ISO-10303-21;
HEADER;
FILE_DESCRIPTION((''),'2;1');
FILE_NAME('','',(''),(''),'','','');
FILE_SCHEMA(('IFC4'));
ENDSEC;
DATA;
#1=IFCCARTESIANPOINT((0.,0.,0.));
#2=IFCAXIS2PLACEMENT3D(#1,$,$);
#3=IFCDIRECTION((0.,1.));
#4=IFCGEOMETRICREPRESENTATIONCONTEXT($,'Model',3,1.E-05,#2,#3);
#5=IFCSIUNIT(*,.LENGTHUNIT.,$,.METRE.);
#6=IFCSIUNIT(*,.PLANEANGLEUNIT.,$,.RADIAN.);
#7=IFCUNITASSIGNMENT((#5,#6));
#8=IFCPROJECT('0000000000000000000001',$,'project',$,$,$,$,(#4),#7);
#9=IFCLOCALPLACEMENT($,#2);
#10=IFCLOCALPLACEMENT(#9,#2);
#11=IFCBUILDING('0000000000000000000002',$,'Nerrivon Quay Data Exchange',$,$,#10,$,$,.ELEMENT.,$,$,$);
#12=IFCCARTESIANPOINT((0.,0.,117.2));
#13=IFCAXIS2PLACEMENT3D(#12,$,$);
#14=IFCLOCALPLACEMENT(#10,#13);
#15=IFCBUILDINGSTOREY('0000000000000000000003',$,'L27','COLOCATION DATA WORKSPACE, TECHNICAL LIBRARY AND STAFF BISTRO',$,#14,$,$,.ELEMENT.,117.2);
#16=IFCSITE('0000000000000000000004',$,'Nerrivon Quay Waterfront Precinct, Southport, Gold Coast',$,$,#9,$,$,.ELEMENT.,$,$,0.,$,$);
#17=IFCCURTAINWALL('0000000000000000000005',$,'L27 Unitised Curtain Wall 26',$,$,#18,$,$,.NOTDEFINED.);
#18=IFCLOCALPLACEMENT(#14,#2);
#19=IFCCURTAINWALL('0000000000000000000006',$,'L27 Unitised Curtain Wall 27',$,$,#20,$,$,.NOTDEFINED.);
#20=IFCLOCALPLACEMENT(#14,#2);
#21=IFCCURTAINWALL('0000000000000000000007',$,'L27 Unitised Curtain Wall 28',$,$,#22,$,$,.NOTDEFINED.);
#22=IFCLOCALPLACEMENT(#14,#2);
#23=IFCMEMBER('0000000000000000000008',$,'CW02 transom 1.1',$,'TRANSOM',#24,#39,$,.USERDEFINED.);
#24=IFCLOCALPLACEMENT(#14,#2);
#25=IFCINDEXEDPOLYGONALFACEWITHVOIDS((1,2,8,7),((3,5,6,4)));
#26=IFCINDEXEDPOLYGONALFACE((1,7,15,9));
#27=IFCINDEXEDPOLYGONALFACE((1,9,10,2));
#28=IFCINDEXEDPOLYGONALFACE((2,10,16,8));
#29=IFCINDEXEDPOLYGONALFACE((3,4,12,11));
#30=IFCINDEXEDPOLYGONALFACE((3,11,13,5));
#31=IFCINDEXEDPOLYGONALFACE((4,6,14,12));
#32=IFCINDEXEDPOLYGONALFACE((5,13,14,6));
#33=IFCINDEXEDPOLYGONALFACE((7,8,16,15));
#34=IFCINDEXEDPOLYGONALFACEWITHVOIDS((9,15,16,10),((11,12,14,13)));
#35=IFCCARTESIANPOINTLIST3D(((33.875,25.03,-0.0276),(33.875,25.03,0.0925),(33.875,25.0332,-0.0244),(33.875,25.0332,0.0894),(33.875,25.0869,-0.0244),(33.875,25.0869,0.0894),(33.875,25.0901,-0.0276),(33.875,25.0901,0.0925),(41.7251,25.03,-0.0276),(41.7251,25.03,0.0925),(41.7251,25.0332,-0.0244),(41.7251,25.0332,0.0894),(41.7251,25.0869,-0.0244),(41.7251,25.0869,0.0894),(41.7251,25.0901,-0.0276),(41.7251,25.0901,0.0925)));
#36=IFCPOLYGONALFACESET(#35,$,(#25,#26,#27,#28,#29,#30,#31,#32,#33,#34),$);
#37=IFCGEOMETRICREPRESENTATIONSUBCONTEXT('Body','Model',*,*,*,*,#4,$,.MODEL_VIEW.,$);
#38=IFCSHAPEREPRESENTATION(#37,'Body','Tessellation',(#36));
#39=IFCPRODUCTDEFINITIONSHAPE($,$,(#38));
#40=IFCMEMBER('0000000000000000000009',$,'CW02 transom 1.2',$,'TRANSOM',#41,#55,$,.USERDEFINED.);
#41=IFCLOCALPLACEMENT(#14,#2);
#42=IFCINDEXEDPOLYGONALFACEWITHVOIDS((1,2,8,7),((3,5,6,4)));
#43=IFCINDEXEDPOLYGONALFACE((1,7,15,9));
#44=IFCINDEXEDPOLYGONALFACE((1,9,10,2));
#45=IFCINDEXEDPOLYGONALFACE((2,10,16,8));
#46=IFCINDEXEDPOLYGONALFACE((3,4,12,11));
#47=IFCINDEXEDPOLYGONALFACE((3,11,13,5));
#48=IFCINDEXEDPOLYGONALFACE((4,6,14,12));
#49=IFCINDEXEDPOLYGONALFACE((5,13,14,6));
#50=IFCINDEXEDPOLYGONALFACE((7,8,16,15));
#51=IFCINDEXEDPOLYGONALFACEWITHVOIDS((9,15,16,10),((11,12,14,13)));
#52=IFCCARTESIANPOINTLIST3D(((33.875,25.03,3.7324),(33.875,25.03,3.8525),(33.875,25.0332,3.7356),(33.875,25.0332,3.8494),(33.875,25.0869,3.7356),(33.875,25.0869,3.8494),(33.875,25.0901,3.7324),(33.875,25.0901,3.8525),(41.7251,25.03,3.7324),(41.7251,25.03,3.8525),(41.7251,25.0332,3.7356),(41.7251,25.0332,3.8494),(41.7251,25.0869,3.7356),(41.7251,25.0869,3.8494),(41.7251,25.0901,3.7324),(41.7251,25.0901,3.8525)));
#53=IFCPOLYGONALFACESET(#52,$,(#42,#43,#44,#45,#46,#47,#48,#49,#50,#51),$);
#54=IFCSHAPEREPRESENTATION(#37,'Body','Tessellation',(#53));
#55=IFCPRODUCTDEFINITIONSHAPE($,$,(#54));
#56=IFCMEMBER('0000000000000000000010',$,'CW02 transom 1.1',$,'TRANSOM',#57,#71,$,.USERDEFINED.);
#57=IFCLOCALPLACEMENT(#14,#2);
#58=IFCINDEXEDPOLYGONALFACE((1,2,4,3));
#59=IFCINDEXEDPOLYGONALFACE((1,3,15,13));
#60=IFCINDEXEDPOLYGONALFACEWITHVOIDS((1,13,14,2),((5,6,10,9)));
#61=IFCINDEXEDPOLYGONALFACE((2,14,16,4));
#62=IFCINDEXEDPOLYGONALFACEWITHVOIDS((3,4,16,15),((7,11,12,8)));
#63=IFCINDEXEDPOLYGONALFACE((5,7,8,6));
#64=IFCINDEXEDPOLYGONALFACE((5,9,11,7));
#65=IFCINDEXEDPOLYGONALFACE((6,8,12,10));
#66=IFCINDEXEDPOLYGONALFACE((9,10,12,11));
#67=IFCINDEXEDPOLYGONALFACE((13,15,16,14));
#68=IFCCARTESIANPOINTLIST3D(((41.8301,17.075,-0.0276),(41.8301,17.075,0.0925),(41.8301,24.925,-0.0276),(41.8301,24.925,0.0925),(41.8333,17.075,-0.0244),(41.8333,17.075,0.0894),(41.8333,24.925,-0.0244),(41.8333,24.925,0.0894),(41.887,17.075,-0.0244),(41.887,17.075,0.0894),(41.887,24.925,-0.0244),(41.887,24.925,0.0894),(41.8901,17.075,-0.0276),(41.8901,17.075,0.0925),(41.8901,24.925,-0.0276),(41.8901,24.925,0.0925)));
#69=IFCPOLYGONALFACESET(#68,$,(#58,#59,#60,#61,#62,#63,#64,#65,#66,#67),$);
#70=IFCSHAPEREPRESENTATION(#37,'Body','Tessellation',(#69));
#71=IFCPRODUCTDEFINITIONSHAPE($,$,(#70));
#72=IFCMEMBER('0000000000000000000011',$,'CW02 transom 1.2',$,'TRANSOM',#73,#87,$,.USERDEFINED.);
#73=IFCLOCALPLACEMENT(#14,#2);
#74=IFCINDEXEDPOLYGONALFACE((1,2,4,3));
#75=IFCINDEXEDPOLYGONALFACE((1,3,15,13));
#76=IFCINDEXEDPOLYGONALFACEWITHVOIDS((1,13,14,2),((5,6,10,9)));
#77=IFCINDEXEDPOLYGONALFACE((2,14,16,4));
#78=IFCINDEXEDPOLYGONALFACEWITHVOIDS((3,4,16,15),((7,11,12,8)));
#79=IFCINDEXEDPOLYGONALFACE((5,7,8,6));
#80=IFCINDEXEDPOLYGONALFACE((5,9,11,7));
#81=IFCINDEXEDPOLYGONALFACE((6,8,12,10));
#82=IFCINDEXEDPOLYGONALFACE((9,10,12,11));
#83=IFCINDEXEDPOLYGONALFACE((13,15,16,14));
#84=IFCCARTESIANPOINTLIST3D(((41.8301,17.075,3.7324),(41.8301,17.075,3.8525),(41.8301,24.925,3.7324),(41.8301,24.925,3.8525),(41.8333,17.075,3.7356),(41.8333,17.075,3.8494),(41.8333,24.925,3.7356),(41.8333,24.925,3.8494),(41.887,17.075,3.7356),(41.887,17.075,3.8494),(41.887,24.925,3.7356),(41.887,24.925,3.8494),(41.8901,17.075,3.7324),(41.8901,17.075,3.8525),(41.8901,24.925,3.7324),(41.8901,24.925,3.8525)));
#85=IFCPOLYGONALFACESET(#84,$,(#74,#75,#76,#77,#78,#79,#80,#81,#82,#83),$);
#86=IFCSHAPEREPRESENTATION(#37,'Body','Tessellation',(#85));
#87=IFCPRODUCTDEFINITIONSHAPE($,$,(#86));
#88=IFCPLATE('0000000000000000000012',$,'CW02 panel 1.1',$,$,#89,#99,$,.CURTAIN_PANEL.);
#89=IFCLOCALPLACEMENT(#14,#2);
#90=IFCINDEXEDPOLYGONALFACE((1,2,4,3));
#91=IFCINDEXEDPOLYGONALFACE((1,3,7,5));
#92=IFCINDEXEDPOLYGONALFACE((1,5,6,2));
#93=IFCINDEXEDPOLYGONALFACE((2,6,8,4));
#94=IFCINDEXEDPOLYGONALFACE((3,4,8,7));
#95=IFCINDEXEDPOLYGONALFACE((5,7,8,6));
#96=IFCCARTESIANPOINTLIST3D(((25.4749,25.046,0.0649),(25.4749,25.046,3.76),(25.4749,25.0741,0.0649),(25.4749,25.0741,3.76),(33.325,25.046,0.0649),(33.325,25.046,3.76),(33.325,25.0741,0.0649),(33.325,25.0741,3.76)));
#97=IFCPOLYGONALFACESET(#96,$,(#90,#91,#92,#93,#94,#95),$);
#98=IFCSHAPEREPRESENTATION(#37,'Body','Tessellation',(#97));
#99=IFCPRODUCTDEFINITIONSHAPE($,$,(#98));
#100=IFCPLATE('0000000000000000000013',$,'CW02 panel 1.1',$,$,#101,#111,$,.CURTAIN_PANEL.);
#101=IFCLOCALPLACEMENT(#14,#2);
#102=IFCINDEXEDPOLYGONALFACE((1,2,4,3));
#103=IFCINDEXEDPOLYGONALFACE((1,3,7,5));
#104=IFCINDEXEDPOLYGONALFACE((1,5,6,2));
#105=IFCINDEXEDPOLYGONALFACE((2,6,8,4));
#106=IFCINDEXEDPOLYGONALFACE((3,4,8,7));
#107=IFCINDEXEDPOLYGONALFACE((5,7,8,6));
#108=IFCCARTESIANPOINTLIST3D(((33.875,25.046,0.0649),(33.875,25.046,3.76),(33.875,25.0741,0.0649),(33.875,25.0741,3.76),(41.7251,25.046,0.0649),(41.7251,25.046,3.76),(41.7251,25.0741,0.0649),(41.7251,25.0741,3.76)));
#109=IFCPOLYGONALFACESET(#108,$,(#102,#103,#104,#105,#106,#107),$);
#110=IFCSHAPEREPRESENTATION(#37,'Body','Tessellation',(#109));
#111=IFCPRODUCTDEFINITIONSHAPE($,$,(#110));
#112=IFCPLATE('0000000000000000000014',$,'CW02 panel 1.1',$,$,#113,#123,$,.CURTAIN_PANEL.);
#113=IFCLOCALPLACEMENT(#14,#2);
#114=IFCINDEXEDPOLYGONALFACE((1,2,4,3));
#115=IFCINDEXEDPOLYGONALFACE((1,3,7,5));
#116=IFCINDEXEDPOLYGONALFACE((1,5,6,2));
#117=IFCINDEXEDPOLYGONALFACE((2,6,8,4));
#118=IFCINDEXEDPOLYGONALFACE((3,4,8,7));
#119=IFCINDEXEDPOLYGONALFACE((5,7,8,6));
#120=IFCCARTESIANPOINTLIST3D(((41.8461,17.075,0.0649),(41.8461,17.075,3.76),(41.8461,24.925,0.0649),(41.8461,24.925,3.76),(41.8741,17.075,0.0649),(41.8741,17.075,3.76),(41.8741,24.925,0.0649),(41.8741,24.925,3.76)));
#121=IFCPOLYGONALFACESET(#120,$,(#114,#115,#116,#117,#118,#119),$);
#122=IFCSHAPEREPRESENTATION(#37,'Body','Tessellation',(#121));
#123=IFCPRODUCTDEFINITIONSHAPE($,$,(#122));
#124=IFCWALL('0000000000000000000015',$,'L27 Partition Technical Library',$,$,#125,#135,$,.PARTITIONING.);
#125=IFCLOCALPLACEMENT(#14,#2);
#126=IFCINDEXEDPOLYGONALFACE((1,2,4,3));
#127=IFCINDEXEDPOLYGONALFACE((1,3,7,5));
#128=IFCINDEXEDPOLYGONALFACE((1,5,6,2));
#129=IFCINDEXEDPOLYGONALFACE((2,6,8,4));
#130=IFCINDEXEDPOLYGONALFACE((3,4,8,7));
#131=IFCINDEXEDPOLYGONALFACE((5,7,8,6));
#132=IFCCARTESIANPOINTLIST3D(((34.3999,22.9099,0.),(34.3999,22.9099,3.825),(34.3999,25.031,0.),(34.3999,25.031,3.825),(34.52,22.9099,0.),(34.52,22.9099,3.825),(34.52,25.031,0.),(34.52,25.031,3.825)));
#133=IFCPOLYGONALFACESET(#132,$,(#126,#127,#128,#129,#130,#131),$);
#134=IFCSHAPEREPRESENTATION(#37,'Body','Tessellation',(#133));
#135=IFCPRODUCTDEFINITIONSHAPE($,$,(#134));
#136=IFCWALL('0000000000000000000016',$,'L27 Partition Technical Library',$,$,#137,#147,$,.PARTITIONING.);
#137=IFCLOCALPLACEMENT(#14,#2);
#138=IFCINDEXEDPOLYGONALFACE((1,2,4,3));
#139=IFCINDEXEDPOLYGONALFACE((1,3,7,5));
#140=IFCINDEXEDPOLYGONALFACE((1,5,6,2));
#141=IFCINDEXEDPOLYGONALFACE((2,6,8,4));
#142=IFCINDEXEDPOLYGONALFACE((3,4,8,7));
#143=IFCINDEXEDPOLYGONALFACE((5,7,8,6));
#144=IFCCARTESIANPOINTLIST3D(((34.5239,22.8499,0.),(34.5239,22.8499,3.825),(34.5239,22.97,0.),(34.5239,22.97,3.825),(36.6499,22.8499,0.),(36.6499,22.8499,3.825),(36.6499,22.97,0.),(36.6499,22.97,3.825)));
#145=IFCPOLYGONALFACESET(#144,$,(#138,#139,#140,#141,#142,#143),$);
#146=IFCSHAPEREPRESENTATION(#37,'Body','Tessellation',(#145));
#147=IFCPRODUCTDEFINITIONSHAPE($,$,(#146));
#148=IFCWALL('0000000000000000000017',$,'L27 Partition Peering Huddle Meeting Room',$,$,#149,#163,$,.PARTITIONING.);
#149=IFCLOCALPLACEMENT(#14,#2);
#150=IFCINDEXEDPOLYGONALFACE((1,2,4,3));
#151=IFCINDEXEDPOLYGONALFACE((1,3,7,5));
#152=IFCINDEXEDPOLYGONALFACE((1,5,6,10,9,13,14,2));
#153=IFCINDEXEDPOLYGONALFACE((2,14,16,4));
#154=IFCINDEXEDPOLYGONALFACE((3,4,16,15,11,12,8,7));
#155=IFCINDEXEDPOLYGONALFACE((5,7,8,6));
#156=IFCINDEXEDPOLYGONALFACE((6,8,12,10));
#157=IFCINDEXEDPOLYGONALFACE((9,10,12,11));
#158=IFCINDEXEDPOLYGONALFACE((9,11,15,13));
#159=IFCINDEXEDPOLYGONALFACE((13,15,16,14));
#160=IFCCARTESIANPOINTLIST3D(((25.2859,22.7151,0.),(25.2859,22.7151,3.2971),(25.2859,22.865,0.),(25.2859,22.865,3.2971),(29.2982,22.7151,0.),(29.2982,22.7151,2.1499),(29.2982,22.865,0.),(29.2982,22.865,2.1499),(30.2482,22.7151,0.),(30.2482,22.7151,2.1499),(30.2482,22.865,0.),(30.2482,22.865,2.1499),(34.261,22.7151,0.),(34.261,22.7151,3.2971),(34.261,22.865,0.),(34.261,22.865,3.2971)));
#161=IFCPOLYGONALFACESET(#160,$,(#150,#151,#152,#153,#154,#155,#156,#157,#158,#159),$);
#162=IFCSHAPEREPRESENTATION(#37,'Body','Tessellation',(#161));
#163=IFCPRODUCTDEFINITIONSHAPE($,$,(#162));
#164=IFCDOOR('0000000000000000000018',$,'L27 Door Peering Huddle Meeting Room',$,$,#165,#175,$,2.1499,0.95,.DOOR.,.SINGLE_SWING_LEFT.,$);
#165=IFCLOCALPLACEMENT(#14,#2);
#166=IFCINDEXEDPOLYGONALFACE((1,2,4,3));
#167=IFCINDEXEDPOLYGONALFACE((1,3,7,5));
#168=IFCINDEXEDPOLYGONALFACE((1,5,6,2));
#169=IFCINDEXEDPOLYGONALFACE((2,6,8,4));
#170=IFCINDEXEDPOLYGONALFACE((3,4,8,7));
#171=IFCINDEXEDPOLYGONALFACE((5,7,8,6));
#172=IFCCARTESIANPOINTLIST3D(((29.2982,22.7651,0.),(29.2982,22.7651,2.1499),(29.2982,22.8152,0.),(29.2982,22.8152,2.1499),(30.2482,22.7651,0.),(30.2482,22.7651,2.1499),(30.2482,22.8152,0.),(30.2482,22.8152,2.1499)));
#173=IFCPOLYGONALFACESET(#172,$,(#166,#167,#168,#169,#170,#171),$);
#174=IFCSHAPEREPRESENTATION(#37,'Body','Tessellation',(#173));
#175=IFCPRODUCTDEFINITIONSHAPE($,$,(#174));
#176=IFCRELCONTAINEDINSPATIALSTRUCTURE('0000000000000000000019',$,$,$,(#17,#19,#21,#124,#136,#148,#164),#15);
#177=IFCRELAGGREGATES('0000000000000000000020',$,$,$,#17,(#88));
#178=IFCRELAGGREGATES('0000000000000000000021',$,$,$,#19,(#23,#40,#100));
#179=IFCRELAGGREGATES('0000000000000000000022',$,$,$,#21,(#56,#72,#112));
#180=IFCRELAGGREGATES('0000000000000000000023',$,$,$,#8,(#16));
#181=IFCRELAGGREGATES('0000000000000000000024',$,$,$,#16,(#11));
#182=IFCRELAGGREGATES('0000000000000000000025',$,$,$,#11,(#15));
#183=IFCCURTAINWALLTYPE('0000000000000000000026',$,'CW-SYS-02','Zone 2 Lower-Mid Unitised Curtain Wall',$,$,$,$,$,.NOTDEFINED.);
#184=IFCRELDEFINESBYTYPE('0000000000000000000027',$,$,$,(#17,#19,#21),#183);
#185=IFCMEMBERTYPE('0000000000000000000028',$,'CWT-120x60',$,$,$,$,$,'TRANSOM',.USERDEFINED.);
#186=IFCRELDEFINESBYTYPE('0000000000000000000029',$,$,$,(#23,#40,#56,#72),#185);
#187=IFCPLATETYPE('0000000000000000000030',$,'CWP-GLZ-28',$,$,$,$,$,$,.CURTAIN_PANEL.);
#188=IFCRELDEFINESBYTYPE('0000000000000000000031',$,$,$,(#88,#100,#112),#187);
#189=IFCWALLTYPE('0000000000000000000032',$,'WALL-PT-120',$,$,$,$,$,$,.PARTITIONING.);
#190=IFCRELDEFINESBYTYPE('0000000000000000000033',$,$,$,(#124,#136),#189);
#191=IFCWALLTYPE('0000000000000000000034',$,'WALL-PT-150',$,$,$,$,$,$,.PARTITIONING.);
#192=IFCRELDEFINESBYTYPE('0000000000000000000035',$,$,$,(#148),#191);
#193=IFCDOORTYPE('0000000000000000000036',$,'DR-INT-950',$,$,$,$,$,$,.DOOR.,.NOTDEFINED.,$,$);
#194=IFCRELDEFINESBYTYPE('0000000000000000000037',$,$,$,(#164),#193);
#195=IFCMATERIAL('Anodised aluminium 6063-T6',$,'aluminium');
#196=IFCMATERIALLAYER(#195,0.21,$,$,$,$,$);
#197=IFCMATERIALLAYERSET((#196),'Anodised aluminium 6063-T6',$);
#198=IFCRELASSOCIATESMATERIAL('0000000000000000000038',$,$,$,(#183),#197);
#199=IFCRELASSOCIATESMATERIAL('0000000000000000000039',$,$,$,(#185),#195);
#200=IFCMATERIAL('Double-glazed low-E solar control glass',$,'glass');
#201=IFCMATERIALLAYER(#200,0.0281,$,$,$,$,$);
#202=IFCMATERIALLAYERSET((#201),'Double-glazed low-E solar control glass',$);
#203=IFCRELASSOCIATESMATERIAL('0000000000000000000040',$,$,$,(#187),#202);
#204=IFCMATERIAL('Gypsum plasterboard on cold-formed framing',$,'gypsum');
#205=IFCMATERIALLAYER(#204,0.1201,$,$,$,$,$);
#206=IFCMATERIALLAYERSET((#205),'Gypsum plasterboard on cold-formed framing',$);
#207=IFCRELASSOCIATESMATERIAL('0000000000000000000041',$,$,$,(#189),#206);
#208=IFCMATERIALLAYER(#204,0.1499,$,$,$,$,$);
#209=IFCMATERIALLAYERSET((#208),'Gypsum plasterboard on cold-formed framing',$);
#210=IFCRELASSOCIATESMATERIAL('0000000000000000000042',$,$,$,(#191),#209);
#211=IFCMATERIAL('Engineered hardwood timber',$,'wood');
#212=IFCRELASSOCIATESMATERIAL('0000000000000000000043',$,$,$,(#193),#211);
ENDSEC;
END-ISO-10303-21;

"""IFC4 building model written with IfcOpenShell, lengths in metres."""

from ifc_helpers import new_model, si_unit, direction, frame, frame_2d, origin, origin_2d, place, context, subcontext, project, spatial, rectangle, hollow_rectangle, extrude, material, layer, layer_set, material_profile, profile_set, type_object, element, fill, aggregate, save


model = new_model("IFC4")

# Units and contexts
model_context = context("Model", 3, precision=1e-05, world=origin(), true_north=direction((0.0, 1.0)))
body_context = subcontext(model_context, "Body", "Model", "MODEL_VIEW")
ifc_project = project(units=[si_unit("LENGTHUNIT", "METRE"), si_unit("PLANEANGLEUNIT", "RADIAN")], contexts=[model_context])

# Site, building, storey
site_placement = place(None, origin())
site = spatial("IfcSite", under=ifc_project, at=site_placement, Name="Nerrivon Quay Waterfront Precinct, Southport, Gold Coast", CompositionType="ELEMENT", RefElevation=0.0)
building_placement = place(site_placement, origin())
building = spatial("IfcBuilding", under=site, at=building_placement, Name="Nerrivon Quay Data Exchange", CompositionType="ELEMENT")
storey_placement = place(building_placement, frame((0.0, 0.0, 117.2)))
storey = spatial("IfcBuildingStorey", under=building, at=storey_placement, Name="L27", Description="COLOCATION DATA WORKSPACE, TECHNICAL LIBRARY AND STAFF BISTRO", CompositionType="ELEMENT", Elevation=117.2)

# Curtain wall
ifc_material_1 = material(Name="Anodised aluminium 6063-T6", Category="aluminium")
ifc_layer_1 = layer(ifc_material_1, 0.21)
ifc_layer_set_1 = layer_set([ifc_layer_1], Name="Anodised aluminium 6063-T6")
curtain_wall_type = type_object("IfcCurtainWallType", Name="CW-SYS-02", Description="Zone 2 Lower-Mid Unitised Curtain Wall", PredefinedType="NOTDEFINED", material=ifc_layer_set_1)
curtain_wall_1_placement = place(storey_placement, origin())
curtain_wall_1 = element("IfcCurtainWall", 1, at=curtain_wall_1_placement, inside=storey, type_object=curtain_wall_type, Name="L27 Unitised Curtain Wall 26", PredefinedType="NOTDEFINED")

# Curtain walls
curtain_wall_2_placement = place(storey_placement, origin())
curtain_wall_2 = element("IfcCurtainWall", 2, at=curtain_wall_2_placement, inside=storey, type_object=curtain_wall_type, Name="L27 Unitised Curtain Wall 27", PredefinedType="NOTDEFINED")
curtain_wall_3_placement = place(storey_placement, origin())
curtain_wall_3 = element("IfcCurtainWall", 3, at=curtain_wall_3_placement, inside=storey, type_object=curtain_wall_type, Name="L27 Unitised Curtain Wall 28", PredefinedType="NOTDEFINED")

# Members
ifc_material_profile_1 = material_profile(ifc_material_1, hollow_rectangle(XDim=0.0601, YDim=0.1201, WallThickness=0.0032, at=origin_2d()), Name="ALU-TRAN-120x60")
ifc_profile_set_1 = profile_set([ifc_material_profile_1], Name="Anodised aluminium 6063-T6")
member_type_1 = type_object("IfcMemberType", Name="CWT-120x60", ElementType="TRANSOM", PredefinedType="USERDEFINED", material=ifc_profile_set_1)
member_1_placement = place(storey_placement, frame((33.875, 25.0601, 0.0325), z_axis=(1.0, 0.0, 0.0), x_axis=(0.0, 1.0, 0.0)))
member_1 = element("IfcMember", 4, at=member_1_placement, type_object=member_type_1, Name="CW02 transom 1.1", ObjectType="TRANSOM", PredefinedType="USERDEFINED", context=body_context, shape_type="SweptSolid", body=[
    extrude(hollow_rectangle(XDim=0.0601, YDim=0.1201, WallThickness=0.0032, at=origin_2d()), origin(), (0.0, 0.0, 1.0), 7.8501),
])
member_2_placement = place(storey_placement, frame((33.875, 25.0601, 3.7925), z_axis=(1.0, 0.0, 0.0), x_axis=(0.0, 1.0, 0.0)))
member_2 = element("IfcMember", 5, at=member_2_placement, type_object=member_type_1, Name="CW02 transom 1.2", ObjectType="TRANSOM", PredefinedType="USERDEFINED", context=body_context, shape_type="SweptSolid", body=[
    extrude(hollow_rectangle(XDim=0.0601, YDim=0.1201, WallThickness=0.0032, at=origin_2d()), origin(), (0.0, 0.0, 1.0), 7.8501),
])
member_3_placement = place(storey_placement, frame((41.8601, 24.925, 0.0325), z_axis=(0.0, -1.0, 0.0), x_axis=(1.0, 0.0, 0.0)))
member_3 = element("IfcMember", 6, at=member_3_placement, type_object=member_type_1, Name="CW02 transom 1.1", ObjectType="TRANSOM", PredefinedType="USERDEFINED", context=body_context, shape_type="SweptSolid", body=[
    extrude(hollow_rectangle(XDim=0.0601, YDim=0.1201, WallThickness=0.0032, at=origin_2d()), origin(), (0.0, 0.0, 1.0), 7.8501),
])
member_4_placement = place(storey_placement, frame((41.8601, 24.925, 3.7925), z_axis=(0.0, -1.0, 0.0), x_axis=(1.0, 0.0, 0.0)))
member_4 = element("IfcMember", 7, at=member_4_placement, type_object=member_type_1, Name="CW02 transom 1.2", ObjectType="TRANSOM", PredefinedType="USERDEFINED", context=body_context, shape_type="SweptSolid", body=[
    extrude(hollow_rectangle(XDim=0.0601, YDim=0.1201, WallThickness=0.0032, at=origin_2d()), origin(), (0.0, 0.0, 1.0), 7.8501),
])

# Plates
ifc_material_2 = material(Name="Double-glazed low-E solar control glass", Category="glass")
ifc_layer_2 = layer(ifc_material_2, 0.0281)
ifc_layer_set_2 = layer_set([ifc_layer_2], Name="Double-glazed low-E solar control glass")
plate_type = type_object("IfcPlateType", Name="CWP-GLZ-28", PredefinedType="CURTAIN_PANEL", material=ifc_layer_set_2)
plate_1_placement = place(storey_placement, frame((29.3999, 25.0601, 0.0649), z_axis=(0.0, 0.0, 1.0), x_axis=(1.0, 0.0, 0.0)))
plate_1 = element("IfcPlate", 8, at=plate_1_placement, type_object=plate_type, Name="CW02 panel 1.1", PredefinedType="CURTAIN_PANEL", context=body_context, shape_type="SweptSolid", body=[
    extrude(rectangle(XDim=7.8501, YDim=0.0281, at=origin_2d()), origin(), (0.0, 0.0, 1.0), 3.6951),
])
aggregate(curtain_wall_1, [plate_1])
plate_2_placement = place(storey_placement, frame((37.8, 25.0601, 0.0649), z_axis=(0.0, 0.0, 1.0), x_axis=(1.0, 0.0, 0.0)))
plate_2 = element("IfcPlate", 9, at=plate_2_placement, type_object=plate_type, Name="CW02 panel 1.1", PredefinedType="CURTAIN_PANEL", context=body_context, shape_type="SweptSolid", body=[
    extrude(rectangle(XDim=7.8501, YDim=0.0281, at=origin_2d()), origin(), (0.0, 0.0, 1.0), 3.6951),
])
aggregate(curtain_wall_2, [member_1, member_2, plate_2])
plate_3_placement = place(storey_placement, frame((41.8601, 21.0, 0.0649), z_axis=(0.0, 0.0, 1.0), x_axis=(0.0, -1.0, 0.0)))
plate_3 = element("IfcPlate", 10, at=plate_3_placement, type_object=plate_type, Name="CW02 panel 1.1", PredefinedType="CURTAIN_PANEL", context=body_context, shape_type="SweptSolid", body=[
    extrude(rectangle(XDim=7.8501, YDim=0.0281, at=origin_2d()), origin(), (0.0, 0.0, 1.0), 3.6951),
])
aggregate(curtain_wall_3, [member_3, member_4, plate_3])

# Walls
ifc_material_3 = material(Name="Gypsum plasterboard on cold-formed framing", Category="gypsum")
ifc_layer_3 = layer(ifc_material_3, 0.1201)
ifc_layer_set_3 = layer_set([ifc_layer_3], Name="Gypsum plasterboard on cold-formed framing")
wall_type_1 = type_object("IfcWallType", Name="WALL-PT-120", PredefinedType="PARTITIONING", material=ifc_layer_set_3)
wall_1_placement = place(storey_placement, frame((34.46, 25.031, 0.0), z_axis=(0.0, 0.0, 1.0), x_axis=(0.0, -1.0, 0.0)))
element("IfcWall", 11, at=wall_1_placement, inside=storey, type_object=wall_type_1, Name="L27 Partition Technical Library", PredefinedType="PARTITIONING", context=body_context, shape_type="SweptSolid", body=[
    extrude(rectangle(XDim=2.1211, YDim=0.1201, at=frame_2d((1.0605, 0.0))), origin(), (0.0, 0.0, 1.0), 3.825),
])
wall_2_placement = place(storey_placement, frame((34.5239, 22.9099, 0.0), z_axis=(0.0, 0.0, 1.0), x_axis=(1.0, 0.0, 0.0)))
element("IfcWall", 12, at=wall_2_placement, inside=storey, type_object=wall_type_1, Name="L27 Partition Technical Library", PredefinedType="PARTITIONING", context=body_context, shape_type="SweptSolid", body=[
    extrude(rectangle(XDim=2.126, YDim=0.1201, at=frame_2d((1.063, 0.0))), origin(), (0.0, 0.0, 1.0), 3.825),
])

# Wall, opening, door
ifc_layer_4 = layer(ifc_material_3, 0.1499)
ifc_layer_set_4 = layer_set([ifc_layer_4], Name="Gypsum plasterboard on cold-formed framing")
wall_type_2 = type_object("IfcWallType", Name="WALL-PT-150", PredefinedType="PARTITIONING", material=ifc_layer_set_4)
wall_3_placement = place(storey_placement, frame((34.261, 22.79, 0.0), z_axis=(0.0, 0.0, 1.0), x_axis=(-1.0, 0.0, 0.0)))
wall_3 = element("IfcWall", 13, at=wall_3_placement, inside=storey, type_object=wall_type_2, Name="L27 Partition Peering Huddle Meeting Room", PredefinedType="PARTITIONING", context=body_context, shape_type="SweptSolid", body=[
    extrude(rectangle(XDim=8.9751, YDim=0.1499, at=frame_2d((4.4875, 0.0))), origin(), (0.0, 0.0, 1.0), 3.2971),
])
opening_1_placement = place(wall_3_placement, frame((4.0127, 0.0, 0.0)))
opening_1 = element("IfcOpeningElement", 14, at=opening_1_placement, cuts=wall_3, PredefinedType="OPENING", context=body_context, shape_type="SweptSolid", body=[
    extrude(rectangle(XDim=0.95, YDim=2.1499, at=frame_2d((0.4751, 1.075))), frame((0.0, 0.085, 0.0), z_axis=(0.0, -1.0, 0.0), x_axis=(1.0, 0.0, 0.0)), (0.0, 0.0, 1.0), 0.1699),
])
ifc_material_4 = material(Name="Engineered hardwood timber", Category="wood")
door_type = type_object("IfcDoorType", Name="DR-INT-950", OperationType="NOTDEFINED", PredefinedType="DOOR", material=ifc_material_4)
door_1_placement = place(opening_1_placement, origin())
door_1 = element("IfcDoor", 15, at=door_1_placement, inside=storey, type_object=door_type, Name="L27 Door Peering Huddle Meeting Room", OperationType="SINGLE_SWING_LEFT", OverallHeight=2.1499, OverallWidth=0.95, PredefinedType="DOOR", context=body_context, shape_type="SweptSolid", body=[
    extrude(rectangle(XDim=0.95, YDim=2.1499, at=frame_2d((0.4751, 1.075))), frame((0.0, 0.0249, 0.0), z_axis=(0.0, -1.0, 0.0), x_axis=(1.0, 0.0, 0.0)), (0.0, 0.0, 1.0), 0.05),
])
fill(opening_1, door_1)

save(model, "model.ifc")
